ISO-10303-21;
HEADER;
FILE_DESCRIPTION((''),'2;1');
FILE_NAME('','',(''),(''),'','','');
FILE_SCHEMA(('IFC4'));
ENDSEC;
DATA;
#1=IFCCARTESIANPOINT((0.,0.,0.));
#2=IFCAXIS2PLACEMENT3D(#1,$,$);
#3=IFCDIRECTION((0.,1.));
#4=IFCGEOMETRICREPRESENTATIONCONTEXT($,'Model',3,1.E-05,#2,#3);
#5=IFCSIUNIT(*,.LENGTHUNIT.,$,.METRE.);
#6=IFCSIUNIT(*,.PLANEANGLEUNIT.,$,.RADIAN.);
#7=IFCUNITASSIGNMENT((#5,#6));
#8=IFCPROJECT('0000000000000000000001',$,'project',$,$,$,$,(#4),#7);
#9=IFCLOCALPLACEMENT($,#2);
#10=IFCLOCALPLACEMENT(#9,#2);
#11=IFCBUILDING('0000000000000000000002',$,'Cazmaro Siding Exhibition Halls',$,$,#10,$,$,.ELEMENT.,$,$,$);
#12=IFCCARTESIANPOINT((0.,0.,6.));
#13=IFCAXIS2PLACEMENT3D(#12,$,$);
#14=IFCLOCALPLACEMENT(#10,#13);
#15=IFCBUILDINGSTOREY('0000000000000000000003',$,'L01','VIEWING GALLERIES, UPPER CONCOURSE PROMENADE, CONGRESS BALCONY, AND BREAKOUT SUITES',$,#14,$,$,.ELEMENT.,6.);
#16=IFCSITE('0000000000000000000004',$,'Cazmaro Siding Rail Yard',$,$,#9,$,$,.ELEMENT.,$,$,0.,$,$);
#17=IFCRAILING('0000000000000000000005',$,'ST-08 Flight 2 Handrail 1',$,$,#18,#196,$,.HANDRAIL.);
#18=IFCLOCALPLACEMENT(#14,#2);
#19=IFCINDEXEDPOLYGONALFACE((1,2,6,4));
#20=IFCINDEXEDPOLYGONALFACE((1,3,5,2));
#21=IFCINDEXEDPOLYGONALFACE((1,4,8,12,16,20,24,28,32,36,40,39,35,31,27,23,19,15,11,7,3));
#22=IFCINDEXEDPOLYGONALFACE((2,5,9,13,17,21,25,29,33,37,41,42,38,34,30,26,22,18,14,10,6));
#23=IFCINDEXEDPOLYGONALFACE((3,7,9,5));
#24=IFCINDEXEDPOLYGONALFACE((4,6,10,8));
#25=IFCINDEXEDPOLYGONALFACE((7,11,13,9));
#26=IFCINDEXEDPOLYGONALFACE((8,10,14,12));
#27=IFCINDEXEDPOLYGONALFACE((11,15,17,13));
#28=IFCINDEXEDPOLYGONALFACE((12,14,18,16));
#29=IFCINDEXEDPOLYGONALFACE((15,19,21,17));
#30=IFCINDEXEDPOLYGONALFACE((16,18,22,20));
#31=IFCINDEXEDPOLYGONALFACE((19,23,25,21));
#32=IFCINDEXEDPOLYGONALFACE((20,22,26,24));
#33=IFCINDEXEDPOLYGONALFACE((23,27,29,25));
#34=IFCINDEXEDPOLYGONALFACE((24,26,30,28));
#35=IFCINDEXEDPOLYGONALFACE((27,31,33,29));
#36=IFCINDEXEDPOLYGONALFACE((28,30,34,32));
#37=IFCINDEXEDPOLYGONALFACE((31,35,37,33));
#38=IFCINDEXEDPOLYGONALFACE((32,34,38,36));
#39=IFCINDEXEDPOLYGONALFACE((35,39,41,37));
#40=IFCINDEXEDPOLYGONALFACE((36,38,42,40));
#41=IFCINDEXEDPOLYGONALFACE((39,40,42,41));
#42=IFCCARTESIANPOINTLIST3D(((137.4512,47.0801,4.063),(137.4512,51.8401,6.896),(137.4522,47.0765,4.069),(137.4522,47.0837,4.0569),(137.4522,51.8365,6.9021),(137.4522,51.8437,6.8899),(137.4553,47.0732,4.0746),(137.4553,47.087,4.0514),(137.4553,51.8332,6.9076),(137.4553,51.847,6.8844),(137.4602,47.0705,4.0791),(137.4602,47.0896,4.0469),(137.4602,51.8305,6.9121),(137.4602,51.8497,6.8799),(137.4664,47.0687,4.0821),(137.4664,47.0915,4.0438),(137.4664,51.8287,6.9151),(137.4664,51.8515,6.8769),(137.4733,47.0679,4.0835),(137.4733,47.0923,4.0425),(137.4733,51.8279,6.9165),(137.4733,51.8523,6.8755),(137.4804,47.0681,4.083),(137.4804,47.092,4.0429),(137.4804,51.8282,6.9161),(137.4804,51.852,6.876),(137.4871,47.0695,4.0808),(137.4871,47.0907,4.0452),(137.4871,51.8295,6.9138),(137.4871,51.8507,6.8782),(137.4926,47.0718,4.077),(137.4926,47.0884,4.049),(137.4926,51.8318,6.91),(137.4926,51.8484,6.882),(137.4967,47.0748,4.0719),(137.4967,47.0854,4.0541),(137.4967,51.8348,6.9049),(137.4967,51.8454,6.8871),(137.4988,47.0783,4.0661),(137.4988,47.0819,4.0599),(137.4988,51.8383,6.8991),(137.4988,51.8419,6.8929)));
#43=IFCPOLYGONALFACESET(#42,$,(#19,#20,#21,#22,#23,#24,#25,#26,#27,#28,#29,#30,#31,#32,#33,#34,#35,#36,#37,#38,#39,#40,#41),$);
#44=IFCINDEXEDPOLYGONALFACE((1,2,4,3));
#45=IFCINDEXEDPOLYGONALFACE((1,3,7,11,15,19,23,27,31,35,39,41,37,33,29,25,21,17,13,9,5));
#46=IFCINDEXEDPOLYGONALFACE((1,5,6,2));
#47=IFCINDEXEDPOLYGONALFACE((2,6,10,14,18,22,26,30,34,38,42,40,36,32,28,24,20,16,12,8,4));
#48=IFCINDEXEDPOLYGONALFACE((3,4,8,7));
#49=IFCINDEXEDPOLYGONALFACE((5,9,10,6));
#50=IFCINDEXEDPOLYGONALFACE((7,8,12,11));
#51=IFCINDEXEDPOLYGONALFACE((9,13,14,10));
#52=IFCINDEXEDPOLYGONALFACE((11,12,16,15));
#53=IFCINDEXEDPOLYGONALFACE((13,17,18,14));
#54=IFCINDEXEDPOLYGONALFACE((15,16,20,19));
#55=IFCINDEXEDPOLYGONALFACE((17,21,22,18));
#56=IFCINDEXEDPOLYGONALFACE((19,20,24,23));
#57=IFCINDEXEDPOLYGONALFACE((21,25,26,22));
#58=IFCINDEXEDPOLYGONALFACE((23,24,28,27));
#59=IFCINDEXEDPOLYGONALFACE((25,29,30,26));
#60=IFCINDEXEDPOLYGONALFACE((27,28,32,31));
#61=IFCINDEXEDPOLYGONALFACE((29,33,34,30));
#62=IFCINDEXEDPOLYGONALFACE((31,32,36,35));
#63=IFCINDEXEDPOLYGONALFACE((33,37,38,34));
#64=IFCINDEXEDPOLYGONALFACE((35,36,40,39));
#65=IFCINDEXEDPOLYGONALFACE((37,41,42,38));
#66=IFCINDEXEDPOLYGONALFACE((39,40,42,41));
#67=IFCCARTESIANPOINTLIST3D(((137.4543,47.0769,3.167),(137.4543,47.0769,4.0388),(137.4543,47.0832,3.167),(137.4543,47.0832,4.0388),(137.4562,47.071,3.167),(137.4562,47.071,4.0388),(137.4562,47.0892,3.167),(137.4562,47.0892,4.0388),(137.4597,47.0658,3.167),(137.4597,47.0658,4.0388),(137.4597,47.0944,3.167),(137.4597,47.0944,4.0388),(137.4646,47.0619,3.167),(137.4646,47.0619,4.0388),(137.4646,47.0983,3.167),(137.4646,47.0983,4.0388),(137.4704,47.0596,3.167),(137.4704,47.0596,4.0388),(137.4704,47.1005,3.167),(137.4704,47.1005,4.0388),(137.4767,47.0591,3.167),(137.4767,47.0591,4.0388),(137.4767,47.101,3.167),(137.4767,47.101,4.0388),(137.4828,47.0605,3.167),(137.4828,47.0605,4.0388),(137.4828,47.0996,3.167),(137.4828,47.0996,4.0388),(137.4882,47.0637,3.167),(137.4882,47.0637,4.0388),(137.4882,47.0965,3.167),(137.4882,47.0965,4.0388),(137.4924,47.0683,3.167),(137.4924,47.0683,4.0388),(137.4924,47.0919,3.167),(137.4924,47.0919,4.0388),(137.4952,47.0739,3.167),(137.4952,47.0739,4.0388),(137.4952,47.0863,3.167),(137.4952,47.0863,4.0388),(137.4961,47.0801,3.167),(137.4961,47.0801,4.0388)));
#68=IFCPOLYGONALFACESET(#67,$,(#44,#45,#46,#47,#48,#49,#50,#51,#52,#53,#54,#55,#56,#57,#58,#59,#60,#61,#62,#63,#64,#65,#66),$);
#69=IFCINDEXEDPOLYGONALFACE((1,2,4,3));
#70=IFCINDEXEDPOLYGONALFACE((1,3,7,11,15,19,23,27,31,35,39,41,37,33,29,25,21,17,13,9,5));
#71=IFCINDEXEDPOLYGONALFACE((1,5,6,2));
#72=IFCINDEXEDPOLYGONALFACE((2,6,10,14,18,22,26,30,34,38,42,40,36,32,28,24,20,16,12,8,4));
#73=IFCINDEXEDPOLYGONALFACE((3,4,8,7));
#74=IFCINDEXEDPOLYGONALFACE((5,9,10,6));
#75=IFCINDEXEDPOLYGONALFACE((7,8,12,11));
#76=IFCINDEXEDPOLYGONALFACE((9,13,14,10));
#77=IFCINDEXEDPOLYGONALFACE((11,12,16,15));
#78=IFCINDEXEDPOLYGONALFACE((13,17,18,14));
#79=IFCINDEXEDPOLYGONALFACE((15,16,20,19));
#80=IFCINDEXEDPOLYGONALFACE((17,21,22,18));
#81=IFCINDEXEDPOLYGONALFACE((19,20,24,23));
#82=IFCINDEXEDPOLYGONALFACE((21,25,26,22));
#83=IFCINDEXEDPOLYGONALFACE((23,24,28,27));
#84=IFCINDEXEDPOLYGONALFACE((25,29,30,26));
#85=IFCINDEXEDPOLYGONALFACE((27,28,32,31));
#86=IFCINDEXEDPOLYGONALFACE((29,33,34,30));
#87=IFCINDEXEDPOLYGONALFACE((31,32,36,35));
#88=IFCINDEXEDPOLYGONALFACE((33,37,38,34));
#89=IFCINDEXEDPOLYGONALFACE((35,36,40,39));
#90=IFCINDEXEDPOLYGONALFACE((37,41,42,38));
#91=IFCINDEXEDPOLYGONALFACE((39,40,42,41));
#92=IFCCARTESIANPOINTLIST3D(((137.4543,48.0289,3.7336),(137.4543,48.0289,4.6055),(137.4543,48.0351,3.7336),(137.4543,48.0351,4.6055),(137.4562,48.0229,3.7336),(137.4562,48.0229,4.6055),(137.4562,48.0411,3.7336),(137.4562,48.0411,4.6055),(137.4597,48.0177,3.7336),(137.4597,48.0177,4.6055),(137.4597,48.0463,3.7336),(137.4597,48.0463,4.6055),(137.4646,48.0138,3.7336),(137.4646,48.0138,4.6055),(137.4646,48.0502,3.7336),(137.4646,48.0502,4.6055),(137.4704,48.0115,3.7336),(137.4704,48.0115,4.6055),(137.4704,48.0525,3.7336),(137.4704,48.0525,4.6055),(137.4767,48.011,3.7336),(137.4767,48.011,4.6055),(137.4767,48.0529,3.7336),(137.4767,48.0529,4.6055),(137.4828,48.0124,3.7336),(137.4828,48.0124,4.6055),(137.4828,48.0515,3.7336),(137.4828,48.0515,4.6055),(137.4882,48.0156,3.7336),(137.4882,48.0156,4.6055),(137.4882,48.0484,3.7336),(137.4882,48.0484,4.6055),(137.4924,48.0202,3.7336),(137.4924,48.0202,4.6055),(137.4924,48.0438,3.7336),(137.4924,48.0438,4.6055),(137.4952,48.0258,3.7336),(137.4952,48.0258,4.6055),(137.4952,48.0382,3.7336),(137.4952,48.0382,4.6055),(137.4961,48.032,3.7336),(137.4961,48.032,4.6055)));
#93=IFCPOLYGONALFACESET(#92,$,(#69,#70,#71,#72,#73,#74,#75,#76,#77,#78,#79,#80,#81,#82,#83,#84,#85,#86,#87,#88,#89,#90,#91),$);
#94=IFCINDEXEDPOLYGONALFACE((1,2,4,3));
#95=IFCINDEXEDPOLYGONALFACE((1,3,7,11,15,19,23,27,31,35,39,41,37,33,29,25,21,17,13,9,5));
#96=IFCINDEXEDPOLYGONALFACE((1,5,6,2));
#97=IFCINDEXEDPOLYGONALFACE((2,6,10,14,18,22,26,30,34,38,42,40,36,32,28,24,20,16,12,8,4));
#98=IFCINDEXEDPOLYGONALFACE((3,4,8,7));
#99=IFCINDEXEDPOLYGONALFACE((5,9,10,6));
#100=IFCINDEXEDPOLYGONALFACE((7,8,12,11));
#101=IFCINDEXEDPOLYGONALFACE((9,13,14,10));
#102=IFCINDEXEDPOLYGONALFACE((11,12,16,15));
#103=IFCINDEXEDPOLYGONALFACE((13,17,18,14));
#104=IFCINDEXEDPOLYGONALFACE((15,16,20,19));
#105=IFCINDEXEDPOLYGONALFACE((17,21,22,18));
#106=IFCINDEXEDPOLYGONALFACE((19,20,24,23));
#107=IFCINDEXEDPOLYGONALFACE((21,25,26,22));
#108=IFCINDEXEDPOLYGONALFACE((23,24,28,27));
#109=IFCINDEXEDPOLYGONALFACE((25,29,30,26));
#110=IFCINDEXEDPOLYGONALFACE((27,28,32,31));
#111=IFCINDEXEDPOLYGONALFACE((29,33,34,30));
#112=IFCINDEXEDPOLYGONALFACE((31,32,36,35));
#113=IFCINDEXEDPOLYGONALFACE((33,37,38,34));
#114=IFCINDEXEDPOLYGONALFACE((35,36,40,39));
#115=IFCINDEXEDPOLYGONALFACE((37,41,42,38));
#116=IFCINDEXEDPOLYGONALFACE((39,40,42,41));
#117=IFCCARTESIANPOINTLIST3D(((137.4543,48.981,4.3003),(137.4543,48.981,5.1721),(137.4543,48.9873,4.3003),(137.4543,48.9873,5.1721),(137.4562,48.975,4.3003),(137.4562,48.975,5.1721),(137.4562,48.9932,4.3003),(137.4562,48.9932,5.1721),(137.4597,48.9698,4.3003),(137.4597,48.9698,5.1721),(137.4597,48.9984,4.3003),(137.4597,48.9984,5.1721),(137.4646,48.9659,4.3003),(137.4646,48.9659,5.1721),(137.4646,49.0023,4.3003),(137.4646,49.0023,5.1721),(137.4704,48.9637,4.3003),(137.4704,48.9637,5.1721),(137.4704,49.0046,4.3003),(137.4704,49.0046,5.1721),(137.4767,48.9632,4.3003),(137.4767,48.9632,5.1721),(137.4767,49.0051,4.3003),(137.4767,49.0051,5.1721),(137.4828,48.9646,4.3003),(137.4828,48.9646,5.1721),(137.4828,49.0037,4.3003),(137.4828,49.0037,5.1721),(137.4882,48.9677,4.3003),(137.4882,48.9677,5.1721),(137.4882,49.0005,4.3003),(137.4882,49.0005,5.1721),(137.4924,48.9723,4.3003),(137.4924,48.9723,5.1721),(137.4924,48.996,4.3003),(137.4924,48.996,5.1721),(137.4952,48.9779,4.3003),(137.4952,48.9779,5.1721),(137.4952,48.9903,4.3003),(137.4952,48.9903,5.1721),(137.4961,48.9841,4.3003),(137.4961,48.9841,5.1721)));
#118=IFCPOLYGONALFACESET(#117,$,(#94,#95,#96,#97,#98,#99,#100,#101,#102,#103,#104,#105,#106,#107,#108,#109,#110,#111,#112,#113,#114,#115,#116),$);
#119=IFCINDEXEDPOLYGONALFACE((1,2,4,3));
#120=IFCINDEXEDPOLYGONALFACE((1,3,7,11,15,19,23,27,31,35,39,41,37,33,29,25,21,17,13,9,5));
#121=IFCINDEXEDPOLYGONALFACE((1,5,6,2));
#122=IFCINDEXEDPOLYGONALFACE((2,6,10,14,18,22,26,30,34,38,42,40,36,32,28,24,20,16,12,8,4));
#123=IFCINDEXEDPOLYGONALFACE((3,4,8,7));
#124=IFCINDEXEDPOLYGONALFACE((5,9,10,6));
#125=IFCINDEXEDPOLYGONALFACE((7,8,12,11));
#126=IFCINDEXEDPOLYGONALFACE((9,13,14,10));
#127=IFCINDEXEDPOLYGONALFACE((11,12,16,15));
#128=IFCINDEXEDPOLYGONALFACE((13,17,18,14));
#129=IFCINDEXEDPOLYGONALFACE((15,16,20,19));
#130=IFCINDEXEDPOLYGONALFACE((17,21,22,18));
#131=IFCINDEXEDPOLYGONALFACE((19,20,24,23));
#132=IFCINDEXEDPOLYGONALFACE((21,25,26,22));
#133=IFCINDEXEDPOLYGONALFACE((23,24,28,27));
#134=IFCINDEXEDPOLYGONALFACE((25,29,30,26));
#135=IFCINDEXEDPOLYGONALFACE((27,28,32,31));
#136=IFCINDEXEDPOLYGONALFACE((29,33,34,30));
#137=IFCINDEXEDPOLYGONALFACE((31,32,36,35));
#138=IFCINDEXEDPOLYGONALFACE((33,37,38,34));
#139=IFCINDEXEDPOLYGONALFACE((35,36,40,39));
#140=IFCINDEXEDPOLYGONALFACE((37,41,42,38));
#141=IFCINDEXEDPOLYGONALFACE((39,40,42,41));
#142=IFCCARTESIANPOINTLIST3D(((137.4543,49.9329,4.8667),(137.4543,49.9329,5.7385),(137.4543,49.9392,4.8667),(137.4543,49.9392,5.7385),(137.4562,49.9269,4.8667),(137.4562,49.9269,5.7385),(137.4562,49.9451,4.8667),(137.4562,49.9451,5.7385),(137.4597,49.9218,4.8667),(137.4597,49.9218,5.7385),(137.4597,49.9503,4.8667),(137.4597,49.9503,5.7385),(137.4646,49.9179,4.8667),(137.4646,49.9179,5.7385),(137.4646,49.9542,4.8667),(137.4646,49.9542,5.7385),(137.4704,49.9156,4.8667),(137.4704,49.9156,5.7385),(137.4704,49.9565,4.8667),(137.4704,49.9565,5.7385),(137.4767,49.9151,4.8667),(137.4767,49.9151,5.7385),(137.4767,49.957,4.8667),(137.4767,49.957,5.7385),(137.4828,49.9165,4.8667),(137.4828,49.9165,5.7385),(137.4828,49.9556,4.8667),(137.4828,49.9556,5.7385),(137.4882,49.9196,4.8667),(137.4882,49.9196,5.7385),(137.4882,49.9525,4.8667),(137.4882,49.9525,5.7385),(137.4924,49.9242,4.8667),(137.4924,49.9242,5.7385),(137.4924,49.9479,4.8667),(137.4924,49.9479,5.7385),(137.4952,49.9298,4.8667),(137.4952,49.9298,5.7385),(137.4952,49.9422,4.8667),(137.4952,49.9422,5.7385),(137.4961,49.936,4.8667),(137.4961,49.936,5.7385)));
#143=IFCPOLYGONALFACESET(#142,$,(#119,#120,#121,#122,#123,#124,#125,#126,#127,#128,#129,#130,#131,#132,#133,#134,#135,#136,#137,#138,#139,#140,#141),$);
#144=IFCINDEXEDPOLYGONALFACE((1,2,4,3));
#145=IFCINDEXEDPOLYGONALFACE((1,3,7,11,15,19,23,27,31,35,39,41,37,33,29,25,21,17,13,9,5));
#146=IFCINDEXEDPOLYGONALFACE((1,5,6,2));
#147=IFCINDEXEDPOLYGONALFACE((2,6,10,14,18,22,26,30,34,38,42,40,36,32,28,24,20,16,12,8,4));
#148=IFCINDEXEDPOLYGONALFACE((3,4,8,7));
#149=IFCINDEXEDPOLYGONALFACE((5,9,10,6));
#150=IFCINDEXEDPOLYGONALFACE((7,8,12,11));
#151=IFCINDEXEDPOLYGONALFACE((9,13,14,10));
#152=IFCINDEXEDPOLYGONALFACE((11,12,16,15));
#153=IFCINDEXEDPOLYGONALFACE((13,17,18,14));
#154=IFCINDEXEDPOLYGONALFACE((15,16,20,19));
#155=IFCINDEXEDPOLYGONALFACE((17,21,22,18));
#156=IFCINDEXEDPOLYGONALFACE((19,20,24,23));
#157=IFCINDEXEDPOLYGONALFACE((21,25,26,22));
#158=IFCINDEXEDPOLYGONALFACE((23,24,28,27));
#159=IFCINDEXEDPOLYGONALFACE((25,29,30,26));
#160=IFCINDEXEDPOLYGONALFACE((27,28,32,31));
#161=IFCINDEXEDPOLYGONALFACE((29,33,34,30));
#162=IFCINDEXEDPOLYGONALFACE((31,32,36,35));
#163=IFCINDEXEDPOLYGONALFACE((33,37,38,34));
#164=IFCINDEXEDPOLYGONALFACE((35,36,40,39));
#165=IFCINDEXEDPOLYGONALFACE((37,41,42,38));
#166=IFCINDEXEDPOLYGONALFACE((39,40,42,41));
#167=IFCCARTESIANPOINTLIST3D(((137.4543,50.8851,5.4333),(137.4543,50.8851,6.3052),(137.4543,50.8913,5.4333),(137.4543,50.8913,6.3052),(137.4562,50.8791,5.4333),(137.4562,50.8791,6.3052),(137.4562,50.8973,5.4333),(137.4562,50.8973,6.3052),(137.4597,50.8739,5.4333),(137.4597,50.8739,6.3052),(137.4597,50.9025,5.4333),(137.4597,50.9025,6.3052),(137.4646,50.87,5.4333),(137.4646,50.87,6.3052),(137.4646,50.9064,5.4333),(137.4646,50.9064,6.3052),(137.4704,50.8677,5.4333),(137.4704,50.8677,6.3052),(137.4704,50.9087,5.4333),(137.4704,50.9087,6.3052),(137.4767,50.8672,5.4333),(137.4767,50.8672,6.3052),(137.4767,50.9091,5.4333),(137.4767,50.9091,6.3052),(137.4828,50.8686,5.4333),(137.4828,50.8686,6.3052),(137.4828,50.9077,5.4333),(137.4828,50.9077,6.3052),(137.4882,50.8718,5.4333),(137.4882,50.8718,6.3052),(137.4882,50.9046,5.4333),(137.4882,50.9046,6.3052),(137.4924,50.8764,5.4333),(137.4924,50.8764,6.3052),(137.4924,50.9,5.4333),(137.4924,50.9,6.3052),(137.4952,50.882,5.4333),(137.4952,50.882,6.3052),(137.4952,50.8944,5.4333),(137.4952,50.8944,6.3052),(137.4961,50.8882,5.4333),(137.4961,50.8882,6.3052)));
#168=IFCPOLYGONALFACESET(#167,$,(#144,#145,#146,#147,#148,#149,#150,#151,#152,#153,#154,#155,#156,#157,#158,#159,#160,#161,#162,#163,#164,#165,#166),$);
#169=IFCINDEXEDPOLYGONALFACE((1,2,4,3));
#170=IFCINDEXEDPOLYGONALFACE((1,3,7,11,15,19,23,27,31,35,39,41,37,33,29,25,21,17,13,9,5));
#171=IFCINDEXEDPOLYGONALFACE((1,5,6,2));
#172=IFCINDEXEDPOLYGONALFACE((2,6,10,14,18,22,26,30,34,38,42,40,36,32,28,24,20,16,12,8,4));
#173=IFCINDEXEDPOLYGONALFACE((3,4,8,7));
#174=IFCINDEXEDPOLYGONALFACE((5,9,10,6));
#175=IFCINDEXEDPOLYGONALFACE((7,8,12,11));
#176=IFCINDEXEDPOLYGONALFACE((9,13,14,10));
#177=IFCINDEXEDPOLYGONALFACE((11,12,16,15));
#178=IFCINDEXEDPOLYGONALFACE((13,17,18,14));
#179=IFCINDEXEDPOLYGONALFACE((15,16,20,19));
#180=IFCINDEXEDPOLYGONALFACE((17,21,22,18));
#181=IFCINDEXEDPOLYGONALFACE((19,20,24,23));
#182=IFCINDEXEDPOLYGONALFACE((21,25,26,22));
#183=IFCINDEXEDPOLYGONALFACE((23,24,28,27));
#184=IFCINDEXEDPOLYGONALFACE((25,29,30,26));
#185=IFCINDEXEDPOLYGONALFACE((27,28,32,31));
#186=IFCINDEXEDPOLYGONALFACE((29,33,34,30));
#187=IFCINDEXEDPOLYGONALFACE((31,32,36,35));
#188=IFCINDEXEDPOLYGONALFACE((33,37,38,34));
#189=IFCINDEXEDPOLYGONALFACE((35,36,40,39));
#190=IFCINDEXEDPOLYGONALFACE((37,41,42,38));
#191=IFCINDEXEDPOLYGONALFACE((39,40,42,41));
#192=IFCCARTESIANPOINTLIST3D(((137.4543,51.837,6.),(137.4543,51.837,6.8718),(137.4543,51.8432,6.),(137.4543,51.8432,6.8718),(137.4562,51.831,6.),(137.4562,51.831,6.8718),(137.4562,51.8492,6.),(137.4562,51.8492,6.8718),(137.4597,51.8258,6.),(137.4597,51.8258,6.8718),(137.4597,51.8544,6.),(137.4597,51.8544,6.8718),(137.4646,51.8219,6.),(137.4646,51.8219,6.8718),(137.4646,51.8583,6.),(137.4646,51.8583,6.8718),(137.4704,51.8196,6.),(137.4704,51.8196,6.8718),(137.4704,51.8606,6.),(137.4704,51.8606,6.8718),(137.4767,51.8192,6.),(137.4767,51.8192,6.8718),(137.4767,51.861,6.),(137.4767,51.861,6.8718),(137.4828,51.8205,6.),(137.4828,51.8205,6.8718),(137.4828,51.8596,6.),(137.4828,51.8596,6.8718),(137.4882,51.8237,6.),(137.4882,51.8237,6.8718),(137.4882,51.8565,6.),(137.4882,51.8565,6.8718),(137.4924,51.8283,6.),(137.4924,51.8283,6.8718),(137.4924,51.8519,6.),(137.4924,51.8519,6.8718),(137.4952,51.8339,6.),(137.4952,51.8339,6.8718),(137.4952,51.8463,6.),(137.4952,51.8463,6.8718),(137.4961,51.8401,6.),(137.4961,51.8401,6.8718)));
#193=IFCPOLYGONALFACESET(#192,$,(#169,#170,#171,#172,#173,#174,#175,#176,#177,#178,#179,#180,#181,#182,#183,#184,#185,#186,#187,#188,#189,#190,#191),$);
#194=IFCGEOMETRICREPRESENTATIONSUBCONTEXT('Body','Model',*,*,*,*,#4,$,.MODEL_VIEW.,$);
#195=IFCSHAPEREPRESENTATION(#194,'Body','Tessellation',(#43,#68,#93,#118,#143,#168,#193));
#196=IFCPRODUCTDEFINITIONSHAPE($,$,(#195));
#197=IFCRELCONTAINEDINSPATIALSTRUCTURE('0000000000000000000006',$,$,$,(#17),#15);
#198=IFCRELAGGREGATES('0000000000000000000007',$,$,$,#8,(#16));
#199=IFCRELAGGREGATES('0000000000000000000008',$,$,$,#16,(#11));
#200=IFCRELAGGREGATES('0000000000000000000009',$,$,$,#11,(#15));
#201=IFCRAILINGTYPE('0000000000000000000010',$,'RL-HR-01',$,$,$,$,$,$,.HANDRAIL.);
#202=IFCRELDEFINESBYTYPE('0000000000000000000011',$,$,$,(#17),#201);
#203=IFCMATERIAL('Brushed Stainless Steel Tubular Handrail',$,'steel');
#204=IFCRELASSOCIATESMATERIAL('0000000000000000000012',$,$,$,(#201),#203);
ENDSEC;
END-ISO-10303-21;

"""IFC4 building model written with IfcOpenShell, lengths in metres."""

from ifc_helpers import new_model, si_unit, direction, frame, origin, origin_2d, place, context, subcontext, project, spatial, circle, extrude, material, type_object, element, save


model = new_model("IFC4")

# Units and contexts
model_context = context("Model", 3, precision=1e-05, world=origin(), true_north=direction((0.0, 1.0)))
body_context = subcontext(model_context, "Body", "Model", "MODEL_VIEW")
ifc_project = project(units=[si_unit("LENGTHUNIT", "METRE"), si_unit("PLANEANGLEUNIT", "RADIAN")], contexts=[model_context])

# Site, building, storey
site_placement = place(None, origin())
site = spatial("IfcSite", under=ifc_project, at=site_placement, Name="Cazmaro Siding Rail Yard", CompositionType="ELEMENT", RefElevation=0.0)
building_placement = place(site_placement, origin())
building = spatial("IfcBuilding", under=site, at=building_placement, Name="Cazmaro Siding Exhibition Halls", CompositionType="ELEMENT")
storey_placement = place(building_placement, frame((0.0, 0.0, 6.0)))
storey = spatial("IfcBuildingStorey", under=building, at=storey_placement, Name="L01", Description="VIEWING GALLERIES, UPPER CONCOURSE PROMENADE, CONGRESS BALCONY, AND BREAKOUT SUITES", CompositionType="ELEMENT", Elevation=6.0)

# Railing
ifc_material_1 = material(Name="Brushed Stainless Steel Tubular Handrail", Category="steel")
railing_type_1 = type_object("IfcRailingType", Name="RL-HR-01", PredefinedType="HANDRAIL", material=ifc_material_1)
railing_1_placement = place(storey_placement, frame((137.4751, 47.0801, 3.167)))
element("IfcRailing", 1, at=railing_1_placement, inside=storey, type_object=railing_type_1, Name="ST-08 Flight 2 Handrail 1", PredefinedType="HANDRAIL", context=body_context, shape_type="SweptSolid", body=[
    extrude(circle(Radius=0.0239, at=origin_2d()), frame((0.0, 0.0, 0.896), z_axis=(0.0, 0.859319, 0.51144), x_axis=(-1.0, 0.0, 0.0)), (0.0, 0.0, 1.0), 5.5393),
    extrude(circle(Radius=0.021, at=origin_2d()), origin(), (0.0, 0.0, 1.0), 0.8718),
    extrude(circle(Radius=0.021, at=origin_2d()), frame((0.0, 0.9519, 0.5667)), (0.0, 0.0, 1.0), 0.8718),
    extrude(circle(Radius=0.021, at=origin_2d()), frame((0.0, 1.9041, 1.1333)), (0.0, 0.0, 1.0), 0.8718),
    extrude(circle(Radius=0.021, at=origin_2d()), frame((0.0, 2.856, 1.6997)), (0.0, 0.0, 1.0), 0.8718),
    extrude(circle(Radius=0.021, at=origin_2d()), frame((0.0, 3.8081, 2.2664)), (0.0, 0.0, 1.0), 0.8718),
    extrude(circle(Radius=0.021, at=origin_2d()), frame((0.0, 4.76, 2.833)), (0.0, 0.0, 1.0), 0.8718),
])

save(model, "model.ifc")
